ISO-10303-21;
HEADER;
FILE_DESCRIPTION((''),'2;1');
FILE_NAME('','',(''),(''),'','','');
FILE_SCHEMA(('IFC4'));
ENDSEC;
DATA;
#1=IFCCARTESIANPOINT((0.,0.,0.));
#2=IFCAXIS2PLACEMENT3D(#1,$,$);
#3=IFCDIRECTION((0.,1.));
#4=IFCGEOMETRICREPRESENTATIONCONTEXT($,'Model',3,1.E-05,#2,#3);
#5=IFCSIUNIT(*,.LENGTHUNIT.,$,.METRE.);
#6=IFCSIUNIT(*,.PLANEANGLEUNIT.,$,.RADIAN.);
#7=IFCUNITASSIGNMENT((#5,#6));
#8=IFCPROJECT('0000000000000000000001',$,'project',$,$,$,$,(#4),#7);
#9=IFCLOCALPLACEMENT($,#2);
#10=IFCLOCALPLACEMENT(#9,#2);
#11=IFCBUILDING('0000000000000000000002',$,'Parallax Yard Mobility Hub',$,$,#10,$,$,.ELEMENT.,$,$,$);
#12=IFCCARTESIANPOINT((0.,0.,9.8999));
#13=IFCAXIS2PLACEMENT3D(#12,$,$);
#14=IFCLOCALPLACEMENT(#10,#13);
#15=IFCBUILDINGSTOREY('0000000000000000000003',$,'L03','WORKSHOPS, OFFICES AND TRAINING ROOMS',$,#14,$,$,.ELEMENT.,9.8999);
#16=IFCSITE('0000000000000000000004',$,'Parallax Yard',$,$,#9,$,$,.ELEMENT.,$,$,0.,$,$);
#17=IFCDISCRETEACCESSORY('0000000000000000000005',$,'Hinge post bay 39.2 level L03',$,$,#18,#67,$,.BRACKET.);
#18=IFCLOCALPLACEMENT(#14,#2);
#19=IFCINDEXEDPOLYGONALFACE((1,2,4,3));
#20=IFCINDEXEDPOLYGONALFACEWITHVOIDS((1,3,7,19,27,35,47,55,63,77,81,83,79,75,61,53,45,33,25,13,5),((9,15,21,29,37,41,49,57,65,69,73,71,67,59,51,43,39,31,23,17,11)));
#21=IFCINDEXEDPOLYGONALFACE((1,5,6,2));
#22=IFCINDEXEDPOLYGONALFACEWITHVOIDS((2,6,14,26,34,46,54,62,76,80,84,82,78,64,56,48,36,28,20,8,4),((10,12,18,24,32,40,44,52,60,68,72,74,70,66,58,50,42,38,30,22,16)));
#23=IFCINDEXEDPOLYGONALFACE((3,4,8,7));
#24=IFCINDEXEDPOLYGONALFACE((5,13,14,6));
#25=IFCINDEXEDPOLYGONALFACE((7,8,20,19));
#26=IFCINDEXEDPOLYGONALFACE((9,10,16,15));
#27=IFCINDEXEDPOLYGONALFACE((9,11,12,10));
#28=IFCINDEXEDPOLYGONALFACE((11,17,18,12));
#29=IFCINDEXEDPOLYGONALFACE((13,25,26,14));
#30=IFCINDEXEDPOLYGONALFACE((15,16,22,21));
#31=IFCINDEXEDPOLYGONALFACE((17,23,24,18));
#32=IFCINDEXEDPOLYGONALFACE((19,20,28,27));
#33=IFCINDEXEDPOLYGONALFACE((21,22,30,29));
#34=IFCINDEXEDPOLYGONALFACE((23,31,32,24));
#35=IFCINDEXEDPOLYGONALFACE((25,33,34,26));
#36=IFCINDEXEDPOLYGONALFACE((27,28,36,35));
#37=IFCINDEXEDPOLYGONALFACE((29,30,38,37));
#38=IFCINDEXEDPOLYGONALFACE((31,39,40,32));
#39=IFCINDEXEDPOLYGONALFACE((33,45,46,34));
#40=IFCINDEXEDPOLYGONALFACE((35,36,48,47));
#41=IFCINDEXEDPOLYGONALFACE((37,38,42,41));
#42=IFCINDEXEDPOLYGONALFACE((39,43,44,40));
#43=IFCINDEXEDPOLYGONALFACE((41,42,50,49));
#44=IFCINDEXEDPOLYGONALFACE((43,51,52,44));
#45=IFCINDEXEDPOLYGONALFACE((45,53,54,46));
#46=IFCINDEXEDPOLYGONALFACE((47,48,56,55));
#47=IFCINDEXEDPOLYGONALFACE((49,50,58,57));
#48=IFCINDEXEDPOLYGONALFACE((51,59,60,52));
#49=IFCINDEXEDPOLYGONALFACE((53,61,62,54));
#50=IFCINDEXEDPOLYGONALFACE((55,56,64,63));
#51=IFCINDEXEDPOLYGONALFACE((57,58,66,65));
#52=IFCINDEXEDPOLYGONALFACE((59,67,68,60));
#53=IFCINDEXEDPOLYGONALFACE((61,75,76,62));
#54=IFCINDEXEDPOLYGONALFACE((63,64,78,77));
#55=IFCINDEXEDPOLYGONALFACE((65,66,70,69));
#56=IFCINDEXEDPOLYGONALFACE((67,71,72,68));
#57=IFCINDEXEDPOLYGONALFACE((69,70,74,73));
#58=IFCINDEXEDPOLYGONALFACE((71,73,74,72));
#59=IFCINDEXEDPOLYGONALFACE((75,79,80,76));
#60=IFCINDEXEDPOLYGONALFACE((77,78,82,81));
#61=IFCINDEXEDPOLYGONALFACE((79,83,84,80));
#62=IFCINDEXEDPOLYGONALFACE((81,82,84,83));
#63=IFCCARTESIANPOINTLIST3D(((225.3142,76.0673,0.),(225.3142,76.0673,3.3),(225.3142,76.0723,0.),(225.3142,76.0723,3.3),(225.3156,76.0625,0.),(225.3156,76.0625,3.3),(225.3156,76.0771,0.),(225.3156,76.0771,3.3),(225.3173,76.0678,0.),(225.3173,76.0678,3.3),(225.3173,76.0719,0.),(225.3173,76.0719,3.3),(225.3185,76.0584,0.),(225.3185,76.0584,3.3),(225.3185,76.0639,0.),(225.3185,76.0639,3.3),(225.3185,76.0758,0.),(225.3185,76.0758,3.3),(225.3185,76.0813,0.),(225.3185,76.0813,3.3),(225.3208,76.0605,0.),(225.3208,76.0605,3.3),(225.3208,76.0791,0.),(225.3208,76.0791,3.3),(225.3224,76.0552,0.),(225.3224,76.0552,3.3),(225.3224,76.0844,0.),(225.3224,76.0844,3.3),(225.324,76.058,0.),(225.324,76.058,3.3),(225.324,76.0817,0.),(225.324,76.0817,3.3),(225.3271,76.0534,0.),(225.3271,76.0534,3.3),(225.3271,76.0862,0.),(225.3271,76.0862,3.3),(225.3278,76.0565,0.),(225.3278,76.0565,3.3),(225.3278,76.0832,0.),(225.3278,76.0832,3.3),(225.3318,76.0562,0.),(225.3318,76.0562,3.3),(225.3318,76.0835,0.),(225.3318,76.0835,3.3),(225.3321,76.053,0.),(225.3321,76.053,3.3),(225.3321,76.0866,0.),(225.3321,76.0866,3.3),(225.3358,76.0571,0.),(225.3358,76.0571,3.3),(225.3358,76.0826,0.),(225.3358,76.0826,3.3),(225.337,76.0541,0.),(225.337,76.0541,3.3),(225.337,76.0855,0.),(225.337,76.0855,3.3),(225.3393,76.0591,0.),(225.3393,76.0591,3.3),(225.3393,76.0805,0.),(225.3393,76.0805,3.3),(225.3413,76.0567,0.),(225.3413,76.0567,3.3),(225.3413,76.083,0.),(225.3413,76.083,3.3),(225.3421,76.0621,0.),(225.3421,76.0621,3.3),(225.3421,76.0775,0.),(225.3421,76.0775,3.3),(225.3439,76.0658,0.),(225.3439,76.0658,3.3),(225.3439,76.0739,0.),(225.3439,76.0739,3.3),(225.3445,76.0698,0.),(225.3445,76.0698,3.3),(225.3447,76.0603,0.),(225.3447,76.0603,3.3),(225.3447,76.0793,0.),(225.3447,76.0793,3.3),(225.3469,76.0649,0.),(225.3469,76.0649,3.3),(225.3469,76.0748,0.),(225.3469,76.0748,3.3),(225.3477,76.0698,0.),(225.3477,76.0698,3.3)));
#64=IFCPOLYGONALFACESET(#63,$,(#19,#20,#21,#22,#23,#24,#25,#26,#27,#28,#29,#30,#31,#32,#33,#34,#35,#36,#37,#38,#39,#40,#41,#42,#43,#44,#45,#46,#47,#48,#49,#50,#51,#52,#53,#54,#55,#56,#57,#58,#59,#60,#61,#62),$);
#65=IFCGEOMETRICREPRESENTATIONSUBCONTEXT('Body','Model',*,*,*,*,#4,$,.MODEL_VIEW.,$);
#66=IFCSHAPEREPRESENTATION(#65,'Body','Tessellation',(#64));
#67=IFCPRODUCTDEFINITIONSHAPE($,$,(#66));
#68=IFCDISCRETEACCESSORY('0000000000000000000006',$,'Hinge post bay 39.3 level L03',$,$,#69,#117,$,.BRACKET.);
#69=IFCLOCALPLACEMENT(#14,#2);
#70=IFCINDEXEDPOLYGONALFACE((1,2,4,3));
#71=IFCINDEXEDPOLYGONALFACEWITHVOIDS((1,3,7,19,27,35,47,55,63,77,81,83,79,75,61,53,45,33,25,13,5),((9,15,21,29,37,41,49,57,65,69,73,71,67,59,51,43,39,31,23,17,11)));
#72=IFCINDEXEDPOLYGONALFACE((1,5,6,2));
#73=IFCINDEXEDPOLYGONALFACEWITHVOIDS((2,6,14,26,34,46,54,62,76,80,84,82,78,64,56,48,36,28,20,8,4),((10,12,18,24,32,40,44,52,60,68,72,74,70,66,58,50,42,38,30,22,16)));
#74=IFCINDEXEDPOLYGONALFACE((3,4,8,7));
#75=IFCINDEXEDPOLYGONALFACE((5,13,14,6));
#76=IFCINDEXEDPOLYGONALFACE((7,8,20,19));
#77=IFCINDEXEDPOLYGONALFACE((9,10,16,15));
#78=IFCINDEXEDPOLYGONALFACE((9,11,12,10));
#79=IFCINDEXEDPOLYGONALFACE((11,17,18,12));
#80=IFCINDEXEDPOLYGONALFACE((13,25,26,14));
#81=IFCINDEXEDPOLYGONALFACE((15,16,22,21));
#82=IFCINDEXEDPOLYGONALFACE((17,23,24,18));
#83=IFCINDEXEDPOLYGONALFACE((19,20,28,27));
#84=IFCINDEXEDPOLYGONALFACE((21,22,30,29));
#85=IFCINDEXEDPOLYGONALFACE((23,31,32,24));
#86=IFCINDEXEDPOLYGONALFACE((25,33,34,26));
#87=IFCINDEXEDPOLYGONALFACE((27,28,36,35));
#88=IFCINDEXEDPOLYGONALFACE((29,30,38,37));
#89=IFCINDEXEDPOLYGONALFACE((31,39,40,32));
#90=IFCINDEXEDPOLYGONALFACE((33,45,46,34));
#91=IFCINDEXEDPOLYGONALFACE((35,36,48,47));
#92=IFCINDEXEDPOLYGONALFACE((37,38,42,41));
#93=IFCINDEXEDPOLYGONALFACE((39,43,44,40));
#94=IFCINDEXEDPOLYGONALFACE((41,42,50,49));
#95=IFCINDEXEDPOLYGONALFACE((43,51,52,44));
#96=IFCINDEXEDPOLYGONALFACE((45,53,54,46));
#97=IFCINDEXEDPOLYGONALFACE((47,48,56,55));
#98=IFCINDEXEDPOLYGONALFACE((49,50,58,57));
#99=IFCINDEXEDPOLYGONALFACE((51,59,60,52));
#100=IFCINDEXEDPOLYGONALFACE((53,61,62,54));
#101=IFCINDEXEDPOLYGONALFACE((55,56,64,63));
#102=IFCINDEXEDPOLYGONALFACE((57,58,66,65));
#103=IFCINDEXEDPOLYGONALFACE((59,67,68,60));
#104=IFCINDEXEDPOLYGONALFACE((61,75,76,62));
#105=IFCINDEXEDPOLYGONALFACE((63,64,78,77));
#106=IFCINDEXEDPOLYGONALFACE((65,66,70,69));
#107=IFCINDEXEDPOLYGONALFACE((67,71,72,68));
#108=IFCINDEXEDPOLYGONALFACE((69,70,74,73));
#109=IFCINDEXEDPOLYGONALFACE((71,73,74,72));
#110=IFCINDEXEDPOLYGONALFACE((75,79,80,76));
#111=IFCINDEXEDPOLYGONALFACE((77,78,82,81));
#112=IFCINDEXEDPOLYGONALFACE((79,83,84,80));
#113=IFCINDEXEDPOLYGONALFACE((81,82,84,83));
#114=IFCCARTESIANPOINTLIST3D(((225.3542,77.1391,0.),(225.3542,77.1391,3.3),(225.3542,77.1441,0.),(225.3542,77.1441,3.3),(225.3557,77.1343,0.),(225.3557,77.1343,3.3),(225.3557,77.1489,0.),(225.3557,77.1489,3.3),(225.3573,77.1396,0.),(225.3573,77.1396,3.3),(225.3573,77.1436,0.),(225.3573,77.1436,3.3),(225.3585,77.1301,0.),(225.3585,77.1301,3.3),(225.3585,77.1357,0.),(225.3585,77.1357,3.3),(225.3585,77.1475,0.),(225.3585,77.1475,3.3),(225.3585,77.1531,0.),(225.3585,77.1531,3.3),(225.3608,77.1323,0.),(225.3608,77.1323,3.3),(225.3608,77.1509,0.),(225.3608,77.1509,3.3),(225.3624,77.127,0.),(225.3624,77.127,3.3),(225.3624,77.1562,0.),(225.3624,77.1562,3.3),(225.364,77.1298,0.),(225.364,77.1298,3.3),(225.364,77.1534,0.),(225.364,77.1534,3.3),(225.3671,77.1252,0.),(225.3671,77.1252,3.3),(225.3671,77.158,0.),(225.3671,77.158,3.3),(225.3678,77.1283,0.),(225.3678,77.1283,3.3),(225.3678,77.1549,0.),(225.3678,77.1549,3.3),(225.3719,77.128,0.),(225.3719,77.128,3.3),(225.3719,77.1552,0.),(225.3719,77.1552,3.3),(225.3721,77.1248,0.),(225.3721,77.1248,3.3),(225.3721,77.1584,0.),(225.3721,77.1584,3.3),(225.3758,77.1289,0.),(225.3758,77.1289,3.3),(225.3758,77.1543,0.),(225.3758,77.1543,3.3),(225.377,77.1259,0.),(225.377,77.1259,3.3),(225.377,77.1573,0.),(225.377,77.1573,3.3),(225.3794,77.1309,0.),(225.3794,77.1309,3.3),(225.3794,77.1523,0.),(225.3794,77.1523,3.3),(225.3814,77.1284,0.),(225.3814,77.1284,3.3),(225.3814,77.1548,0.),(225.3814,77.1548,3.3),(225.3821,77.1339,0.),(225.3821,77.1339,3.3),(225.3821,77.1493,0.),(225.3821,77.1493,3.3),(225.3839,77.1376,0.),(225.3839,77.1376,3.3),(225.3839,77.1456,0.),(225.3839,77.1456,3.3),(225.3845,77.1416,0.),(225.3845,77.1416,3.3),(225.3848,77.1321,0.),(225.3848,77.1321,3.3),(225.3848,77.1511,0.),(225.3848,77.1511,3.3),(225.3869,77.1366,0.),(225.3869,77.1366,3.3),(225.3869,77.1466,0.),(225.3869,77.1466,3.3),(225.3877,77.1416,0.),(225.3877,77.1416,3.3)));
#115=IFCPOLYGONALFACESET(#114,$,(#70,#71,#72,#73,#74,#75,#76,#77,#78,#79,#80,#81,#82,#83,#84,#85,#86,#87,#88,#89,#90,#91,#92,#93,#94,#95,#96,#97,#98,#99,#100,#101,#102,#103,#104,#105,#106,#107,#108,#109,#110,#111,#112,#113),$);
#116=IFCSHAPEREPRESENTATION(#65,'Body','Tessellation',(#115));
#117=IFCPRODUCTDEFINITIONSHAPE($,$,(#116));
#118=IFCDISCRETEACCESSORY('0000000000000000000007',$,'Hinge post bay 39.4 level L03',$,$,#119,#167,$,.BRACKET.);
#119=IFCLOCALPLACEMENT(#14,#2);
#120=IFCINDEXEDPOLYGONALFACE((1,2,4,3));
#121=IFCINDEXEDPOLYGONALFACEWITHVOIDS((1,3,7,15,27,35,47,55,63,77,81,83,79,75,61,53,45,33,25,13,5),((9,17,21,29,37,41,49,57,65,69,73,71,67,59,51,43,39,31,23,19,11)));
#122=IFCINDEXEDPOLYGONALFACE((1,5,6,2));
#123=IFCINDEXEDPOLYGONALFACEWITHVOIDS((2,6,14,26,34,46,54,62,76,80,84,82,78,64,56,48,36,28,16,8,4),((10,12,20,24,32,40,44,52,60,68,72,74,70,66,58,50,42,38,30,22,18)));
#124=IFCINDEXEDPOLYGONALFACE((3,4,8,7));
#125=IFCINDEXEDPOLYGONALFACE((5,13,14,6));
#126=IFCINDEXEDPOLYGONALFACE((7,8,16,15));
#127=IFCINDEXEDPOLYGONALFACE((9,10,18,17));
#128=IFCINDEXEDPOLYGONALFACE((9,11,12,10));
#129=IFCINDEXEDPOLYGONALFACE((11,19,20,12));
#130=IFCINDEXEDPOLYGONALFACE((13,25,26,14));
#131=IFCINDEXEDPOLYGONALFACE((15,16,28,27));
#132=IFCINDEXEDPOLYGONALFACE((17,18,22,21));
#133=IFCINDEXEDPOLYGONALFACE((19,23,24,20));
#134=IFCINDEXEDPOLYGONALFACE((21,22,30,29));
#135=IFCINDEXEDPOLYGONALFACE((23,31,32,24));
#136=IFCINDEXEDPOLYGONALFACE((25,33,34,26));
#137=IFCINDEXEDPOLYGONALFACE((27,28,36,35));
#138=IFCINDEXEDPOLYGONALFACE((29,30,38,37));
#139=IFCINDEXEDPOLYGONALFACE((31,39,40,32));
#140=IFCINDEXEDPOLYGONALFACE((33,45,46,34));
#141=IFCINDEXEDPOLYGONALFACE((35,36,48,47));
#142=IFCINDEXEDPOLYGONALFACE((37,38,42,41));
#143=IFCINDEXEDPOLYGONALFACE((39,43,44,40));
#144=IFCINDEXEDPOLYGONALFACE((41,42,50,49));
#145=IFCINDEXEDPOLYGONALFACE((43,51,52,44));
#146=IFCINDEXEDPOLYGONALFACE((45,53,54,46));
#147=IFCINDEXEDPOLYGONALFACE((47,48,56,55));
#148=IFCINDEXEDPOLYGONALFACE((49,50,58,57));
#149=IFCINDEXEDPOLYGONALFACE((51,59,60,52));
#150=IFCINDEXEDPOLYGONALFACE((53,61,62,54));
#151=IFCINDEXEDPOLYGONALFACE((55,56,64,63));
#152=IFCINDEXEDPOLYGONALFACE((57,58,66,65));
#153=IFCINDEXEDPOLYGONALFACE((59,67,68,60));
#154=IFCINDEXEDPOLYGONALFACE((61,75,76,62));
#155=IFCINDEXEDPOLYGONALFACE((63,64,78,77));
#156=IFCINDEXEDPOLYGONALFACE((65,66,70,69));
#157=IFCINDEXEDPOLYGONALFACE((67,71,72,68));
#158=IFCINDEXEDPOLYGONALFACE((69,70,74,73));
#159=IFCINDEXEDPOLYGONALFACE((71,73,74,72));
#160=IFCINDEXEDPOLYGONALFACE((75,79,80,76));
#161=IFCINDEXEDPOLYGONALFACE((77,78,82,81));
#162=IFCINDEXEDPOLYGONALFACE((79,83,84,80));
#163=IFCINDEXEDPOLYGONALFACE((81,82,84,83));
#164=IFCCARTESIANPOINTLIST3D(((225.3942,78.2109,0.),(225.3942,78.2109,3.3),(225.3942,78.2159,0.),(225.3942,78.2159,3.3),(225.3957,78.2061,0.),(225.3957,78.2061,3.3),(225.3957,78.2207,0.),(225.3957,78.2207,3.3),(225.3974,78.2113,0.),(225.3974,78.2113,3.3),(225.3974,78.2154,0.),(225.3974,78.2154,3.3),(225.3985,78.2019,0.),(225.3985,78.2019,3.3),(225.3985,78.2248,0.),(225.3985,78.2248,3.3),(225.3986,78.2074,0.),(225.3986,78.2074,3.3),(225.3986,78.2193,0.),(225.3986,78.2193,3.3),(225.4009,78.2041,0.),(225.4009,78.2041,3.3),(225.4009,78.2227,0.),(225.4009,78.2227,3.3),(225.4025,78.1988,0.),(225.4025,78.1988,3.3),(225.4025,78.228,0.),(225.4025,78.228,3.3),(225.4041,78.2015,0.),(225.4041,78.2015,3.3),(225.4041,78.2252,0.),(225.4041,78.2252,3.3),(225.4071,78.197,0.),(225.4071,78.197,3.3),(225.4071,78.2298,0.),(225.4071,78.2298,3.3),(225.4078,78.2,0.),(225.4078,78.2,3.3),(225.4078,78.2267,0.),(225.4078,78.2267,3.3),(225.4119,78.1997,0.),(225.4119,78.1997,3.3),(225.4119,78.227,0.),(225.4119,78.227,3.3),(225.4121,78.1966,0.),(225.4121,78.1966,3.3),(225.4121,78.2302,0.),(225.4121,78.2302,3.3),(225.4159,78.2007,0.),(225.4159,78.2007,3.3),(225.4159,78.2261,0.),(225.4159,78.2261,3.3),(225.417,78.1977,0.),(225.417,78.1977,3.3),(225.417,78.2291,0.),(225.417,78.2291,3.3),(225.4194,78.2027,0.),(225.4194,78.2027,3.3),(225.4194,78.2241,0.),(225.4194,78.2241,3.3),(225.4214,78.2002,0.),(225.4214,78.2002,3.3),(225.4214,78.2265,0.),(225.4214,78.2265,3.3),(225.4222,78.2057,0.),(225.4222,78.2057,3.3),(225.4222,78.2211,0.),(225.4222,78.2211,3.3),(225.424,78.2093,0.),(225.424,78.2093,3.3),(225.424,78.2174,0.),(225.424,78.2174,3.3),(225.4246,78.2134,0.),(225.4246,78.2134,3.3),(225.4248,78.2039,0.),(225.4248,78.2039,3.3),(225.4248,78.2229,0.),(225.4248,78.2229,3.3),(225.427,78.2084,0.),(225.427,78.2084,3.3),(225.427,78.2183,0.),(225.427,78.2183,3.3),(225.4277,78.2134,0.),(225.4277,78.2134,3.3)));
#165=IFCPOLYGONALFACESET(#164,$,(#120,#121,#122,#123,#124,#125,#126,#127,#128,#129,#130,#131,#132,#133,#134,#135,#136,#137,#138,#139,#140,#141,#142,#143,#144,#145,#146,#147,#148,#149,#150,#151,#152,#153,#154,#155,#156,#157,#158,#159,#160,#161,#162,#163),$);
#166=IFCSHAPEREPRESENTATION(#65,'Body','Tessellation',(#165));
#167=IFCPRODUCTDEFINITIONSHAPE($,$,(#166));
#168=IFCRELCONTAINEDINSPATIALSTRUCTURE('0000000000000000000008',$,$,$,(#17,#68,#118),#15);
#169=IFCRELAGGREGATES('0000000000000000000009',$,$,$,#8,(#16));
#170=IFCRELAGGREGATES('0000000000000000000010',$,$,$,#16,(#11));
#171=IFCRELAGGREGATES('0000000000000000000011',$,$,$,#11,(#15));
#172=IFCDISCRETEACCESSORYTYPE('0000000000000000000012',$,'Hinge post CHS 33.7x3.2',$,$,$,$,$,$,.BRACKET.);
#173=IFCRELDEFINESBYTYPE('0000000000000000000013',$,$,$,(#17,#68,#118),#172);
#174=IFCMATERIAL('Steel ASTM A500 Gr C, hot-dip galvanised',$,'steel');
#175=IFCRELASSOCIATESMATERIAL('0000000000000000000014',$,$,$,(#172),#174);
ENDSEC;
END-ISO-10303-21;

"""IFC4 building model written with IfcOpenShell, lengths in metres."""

from ifc_helpers import new_model, si_unit, direction, frame, origin, origin_2d, place, context, subcontext, project, spatial, hollow_circle, extrude, material, material_profile, profile_set, type_object, element, save


model = new_model("IFC4")

# Units and contexts
model_context = context("Model", 3, precision=1e-05, world=origin(), true_north=direction((0.0, 1.0)))
body_context = subcontext(model_context, "Body", "Model", "MODEL_VIEW")
ifc_project = project(units=[si_unit("LENGTHUNIT", "METRE"), si_unit("PLANEANGLEUNIT", "RADIAN")], contexts=[model_context])

# Site, building, storey
site_placement = place(None, origin())
site = spatial("IfcSite", under=ifc_project, at=site_placement, Name="Parallax Yard", CompositionType="ELEMENT", RefElevation=0.0)
building_placement = place(site_placement, origin())
building = spatial("IfcBuilding", under=site, at=building_placement, Name="Parallax Yard Mobility Hub", CompositionType="ELEMENT")
storey_placement = place(building_placement, frame((0.0, 0.0, 9.8999)))
storey = spatial("IfcBuildingStorey", under=building, at=storey_placement, Name="L03", Description="WORKSHOPS, OFFICES AND TRAINING ROOMS", CompositionType="ELEMENT", Elevation=9.8999)

# Discrete accessories
ifc_material_1 = material(Name="Steel ASTM A500 Gr C, hot-dip galvanised", Category="steel")
ifc_material_profile_1 = material_profile(ifc_material_1, hollow_circle(Radius=0.0168, WallThickness=0.0032, at=origin_2d()), Name="CHS 33.7x3.2")
ifc_profile_set_1 = profile_set([ifc_material_profile_1], Name="Steel ASTM A500 Gr C, hot-dip galvanised")
discrete_accessory_type_1 = type_object("IfcDiscreteAccessoryType", Name="Hinge post CHS 33.7x3.2", PredefinedType="BRACKET", material=ifc_profile_set_1)
for number, where, z_axis, x_axis, name in (
    (1, (225.3308, 76.0698, 0.0), (0.0, 0.0, 1.0), (1.0, 0.0, 0.0), "Hinge post bay 39.2 level L03"),
    (2, (225.3708, 77.1416, 0.0), (0.0, 0.0, 1.0), (1.0, 0.0, 0.0), "Hinge post bay 39.3 level L03"),
    (3, (225.4109, 78.2134, 0.0), (0.0, 0.0, 1.0), (1.0, 0.0, 0.0), "Hinge post bay 39.4 level L03"),
):
    element("IfcDiscreteAccessory", number, at=place(storey_placement, frame(where, z_axis=z_axis, x_axis=x_axis)), inside=storey, type_object=discrete_accessory_type_1, Name=name, PredefinedType="BRACKET", context=body_context, shape_type="SweptSolid", body=[
        extrude(hollow_circle(Radius=0.0168, WallThickness=0.0032, at=origin_2d()), origin(), (0.0, 0.0, 1.0), 3.3),
    ])

save(model, "model.ifc")
